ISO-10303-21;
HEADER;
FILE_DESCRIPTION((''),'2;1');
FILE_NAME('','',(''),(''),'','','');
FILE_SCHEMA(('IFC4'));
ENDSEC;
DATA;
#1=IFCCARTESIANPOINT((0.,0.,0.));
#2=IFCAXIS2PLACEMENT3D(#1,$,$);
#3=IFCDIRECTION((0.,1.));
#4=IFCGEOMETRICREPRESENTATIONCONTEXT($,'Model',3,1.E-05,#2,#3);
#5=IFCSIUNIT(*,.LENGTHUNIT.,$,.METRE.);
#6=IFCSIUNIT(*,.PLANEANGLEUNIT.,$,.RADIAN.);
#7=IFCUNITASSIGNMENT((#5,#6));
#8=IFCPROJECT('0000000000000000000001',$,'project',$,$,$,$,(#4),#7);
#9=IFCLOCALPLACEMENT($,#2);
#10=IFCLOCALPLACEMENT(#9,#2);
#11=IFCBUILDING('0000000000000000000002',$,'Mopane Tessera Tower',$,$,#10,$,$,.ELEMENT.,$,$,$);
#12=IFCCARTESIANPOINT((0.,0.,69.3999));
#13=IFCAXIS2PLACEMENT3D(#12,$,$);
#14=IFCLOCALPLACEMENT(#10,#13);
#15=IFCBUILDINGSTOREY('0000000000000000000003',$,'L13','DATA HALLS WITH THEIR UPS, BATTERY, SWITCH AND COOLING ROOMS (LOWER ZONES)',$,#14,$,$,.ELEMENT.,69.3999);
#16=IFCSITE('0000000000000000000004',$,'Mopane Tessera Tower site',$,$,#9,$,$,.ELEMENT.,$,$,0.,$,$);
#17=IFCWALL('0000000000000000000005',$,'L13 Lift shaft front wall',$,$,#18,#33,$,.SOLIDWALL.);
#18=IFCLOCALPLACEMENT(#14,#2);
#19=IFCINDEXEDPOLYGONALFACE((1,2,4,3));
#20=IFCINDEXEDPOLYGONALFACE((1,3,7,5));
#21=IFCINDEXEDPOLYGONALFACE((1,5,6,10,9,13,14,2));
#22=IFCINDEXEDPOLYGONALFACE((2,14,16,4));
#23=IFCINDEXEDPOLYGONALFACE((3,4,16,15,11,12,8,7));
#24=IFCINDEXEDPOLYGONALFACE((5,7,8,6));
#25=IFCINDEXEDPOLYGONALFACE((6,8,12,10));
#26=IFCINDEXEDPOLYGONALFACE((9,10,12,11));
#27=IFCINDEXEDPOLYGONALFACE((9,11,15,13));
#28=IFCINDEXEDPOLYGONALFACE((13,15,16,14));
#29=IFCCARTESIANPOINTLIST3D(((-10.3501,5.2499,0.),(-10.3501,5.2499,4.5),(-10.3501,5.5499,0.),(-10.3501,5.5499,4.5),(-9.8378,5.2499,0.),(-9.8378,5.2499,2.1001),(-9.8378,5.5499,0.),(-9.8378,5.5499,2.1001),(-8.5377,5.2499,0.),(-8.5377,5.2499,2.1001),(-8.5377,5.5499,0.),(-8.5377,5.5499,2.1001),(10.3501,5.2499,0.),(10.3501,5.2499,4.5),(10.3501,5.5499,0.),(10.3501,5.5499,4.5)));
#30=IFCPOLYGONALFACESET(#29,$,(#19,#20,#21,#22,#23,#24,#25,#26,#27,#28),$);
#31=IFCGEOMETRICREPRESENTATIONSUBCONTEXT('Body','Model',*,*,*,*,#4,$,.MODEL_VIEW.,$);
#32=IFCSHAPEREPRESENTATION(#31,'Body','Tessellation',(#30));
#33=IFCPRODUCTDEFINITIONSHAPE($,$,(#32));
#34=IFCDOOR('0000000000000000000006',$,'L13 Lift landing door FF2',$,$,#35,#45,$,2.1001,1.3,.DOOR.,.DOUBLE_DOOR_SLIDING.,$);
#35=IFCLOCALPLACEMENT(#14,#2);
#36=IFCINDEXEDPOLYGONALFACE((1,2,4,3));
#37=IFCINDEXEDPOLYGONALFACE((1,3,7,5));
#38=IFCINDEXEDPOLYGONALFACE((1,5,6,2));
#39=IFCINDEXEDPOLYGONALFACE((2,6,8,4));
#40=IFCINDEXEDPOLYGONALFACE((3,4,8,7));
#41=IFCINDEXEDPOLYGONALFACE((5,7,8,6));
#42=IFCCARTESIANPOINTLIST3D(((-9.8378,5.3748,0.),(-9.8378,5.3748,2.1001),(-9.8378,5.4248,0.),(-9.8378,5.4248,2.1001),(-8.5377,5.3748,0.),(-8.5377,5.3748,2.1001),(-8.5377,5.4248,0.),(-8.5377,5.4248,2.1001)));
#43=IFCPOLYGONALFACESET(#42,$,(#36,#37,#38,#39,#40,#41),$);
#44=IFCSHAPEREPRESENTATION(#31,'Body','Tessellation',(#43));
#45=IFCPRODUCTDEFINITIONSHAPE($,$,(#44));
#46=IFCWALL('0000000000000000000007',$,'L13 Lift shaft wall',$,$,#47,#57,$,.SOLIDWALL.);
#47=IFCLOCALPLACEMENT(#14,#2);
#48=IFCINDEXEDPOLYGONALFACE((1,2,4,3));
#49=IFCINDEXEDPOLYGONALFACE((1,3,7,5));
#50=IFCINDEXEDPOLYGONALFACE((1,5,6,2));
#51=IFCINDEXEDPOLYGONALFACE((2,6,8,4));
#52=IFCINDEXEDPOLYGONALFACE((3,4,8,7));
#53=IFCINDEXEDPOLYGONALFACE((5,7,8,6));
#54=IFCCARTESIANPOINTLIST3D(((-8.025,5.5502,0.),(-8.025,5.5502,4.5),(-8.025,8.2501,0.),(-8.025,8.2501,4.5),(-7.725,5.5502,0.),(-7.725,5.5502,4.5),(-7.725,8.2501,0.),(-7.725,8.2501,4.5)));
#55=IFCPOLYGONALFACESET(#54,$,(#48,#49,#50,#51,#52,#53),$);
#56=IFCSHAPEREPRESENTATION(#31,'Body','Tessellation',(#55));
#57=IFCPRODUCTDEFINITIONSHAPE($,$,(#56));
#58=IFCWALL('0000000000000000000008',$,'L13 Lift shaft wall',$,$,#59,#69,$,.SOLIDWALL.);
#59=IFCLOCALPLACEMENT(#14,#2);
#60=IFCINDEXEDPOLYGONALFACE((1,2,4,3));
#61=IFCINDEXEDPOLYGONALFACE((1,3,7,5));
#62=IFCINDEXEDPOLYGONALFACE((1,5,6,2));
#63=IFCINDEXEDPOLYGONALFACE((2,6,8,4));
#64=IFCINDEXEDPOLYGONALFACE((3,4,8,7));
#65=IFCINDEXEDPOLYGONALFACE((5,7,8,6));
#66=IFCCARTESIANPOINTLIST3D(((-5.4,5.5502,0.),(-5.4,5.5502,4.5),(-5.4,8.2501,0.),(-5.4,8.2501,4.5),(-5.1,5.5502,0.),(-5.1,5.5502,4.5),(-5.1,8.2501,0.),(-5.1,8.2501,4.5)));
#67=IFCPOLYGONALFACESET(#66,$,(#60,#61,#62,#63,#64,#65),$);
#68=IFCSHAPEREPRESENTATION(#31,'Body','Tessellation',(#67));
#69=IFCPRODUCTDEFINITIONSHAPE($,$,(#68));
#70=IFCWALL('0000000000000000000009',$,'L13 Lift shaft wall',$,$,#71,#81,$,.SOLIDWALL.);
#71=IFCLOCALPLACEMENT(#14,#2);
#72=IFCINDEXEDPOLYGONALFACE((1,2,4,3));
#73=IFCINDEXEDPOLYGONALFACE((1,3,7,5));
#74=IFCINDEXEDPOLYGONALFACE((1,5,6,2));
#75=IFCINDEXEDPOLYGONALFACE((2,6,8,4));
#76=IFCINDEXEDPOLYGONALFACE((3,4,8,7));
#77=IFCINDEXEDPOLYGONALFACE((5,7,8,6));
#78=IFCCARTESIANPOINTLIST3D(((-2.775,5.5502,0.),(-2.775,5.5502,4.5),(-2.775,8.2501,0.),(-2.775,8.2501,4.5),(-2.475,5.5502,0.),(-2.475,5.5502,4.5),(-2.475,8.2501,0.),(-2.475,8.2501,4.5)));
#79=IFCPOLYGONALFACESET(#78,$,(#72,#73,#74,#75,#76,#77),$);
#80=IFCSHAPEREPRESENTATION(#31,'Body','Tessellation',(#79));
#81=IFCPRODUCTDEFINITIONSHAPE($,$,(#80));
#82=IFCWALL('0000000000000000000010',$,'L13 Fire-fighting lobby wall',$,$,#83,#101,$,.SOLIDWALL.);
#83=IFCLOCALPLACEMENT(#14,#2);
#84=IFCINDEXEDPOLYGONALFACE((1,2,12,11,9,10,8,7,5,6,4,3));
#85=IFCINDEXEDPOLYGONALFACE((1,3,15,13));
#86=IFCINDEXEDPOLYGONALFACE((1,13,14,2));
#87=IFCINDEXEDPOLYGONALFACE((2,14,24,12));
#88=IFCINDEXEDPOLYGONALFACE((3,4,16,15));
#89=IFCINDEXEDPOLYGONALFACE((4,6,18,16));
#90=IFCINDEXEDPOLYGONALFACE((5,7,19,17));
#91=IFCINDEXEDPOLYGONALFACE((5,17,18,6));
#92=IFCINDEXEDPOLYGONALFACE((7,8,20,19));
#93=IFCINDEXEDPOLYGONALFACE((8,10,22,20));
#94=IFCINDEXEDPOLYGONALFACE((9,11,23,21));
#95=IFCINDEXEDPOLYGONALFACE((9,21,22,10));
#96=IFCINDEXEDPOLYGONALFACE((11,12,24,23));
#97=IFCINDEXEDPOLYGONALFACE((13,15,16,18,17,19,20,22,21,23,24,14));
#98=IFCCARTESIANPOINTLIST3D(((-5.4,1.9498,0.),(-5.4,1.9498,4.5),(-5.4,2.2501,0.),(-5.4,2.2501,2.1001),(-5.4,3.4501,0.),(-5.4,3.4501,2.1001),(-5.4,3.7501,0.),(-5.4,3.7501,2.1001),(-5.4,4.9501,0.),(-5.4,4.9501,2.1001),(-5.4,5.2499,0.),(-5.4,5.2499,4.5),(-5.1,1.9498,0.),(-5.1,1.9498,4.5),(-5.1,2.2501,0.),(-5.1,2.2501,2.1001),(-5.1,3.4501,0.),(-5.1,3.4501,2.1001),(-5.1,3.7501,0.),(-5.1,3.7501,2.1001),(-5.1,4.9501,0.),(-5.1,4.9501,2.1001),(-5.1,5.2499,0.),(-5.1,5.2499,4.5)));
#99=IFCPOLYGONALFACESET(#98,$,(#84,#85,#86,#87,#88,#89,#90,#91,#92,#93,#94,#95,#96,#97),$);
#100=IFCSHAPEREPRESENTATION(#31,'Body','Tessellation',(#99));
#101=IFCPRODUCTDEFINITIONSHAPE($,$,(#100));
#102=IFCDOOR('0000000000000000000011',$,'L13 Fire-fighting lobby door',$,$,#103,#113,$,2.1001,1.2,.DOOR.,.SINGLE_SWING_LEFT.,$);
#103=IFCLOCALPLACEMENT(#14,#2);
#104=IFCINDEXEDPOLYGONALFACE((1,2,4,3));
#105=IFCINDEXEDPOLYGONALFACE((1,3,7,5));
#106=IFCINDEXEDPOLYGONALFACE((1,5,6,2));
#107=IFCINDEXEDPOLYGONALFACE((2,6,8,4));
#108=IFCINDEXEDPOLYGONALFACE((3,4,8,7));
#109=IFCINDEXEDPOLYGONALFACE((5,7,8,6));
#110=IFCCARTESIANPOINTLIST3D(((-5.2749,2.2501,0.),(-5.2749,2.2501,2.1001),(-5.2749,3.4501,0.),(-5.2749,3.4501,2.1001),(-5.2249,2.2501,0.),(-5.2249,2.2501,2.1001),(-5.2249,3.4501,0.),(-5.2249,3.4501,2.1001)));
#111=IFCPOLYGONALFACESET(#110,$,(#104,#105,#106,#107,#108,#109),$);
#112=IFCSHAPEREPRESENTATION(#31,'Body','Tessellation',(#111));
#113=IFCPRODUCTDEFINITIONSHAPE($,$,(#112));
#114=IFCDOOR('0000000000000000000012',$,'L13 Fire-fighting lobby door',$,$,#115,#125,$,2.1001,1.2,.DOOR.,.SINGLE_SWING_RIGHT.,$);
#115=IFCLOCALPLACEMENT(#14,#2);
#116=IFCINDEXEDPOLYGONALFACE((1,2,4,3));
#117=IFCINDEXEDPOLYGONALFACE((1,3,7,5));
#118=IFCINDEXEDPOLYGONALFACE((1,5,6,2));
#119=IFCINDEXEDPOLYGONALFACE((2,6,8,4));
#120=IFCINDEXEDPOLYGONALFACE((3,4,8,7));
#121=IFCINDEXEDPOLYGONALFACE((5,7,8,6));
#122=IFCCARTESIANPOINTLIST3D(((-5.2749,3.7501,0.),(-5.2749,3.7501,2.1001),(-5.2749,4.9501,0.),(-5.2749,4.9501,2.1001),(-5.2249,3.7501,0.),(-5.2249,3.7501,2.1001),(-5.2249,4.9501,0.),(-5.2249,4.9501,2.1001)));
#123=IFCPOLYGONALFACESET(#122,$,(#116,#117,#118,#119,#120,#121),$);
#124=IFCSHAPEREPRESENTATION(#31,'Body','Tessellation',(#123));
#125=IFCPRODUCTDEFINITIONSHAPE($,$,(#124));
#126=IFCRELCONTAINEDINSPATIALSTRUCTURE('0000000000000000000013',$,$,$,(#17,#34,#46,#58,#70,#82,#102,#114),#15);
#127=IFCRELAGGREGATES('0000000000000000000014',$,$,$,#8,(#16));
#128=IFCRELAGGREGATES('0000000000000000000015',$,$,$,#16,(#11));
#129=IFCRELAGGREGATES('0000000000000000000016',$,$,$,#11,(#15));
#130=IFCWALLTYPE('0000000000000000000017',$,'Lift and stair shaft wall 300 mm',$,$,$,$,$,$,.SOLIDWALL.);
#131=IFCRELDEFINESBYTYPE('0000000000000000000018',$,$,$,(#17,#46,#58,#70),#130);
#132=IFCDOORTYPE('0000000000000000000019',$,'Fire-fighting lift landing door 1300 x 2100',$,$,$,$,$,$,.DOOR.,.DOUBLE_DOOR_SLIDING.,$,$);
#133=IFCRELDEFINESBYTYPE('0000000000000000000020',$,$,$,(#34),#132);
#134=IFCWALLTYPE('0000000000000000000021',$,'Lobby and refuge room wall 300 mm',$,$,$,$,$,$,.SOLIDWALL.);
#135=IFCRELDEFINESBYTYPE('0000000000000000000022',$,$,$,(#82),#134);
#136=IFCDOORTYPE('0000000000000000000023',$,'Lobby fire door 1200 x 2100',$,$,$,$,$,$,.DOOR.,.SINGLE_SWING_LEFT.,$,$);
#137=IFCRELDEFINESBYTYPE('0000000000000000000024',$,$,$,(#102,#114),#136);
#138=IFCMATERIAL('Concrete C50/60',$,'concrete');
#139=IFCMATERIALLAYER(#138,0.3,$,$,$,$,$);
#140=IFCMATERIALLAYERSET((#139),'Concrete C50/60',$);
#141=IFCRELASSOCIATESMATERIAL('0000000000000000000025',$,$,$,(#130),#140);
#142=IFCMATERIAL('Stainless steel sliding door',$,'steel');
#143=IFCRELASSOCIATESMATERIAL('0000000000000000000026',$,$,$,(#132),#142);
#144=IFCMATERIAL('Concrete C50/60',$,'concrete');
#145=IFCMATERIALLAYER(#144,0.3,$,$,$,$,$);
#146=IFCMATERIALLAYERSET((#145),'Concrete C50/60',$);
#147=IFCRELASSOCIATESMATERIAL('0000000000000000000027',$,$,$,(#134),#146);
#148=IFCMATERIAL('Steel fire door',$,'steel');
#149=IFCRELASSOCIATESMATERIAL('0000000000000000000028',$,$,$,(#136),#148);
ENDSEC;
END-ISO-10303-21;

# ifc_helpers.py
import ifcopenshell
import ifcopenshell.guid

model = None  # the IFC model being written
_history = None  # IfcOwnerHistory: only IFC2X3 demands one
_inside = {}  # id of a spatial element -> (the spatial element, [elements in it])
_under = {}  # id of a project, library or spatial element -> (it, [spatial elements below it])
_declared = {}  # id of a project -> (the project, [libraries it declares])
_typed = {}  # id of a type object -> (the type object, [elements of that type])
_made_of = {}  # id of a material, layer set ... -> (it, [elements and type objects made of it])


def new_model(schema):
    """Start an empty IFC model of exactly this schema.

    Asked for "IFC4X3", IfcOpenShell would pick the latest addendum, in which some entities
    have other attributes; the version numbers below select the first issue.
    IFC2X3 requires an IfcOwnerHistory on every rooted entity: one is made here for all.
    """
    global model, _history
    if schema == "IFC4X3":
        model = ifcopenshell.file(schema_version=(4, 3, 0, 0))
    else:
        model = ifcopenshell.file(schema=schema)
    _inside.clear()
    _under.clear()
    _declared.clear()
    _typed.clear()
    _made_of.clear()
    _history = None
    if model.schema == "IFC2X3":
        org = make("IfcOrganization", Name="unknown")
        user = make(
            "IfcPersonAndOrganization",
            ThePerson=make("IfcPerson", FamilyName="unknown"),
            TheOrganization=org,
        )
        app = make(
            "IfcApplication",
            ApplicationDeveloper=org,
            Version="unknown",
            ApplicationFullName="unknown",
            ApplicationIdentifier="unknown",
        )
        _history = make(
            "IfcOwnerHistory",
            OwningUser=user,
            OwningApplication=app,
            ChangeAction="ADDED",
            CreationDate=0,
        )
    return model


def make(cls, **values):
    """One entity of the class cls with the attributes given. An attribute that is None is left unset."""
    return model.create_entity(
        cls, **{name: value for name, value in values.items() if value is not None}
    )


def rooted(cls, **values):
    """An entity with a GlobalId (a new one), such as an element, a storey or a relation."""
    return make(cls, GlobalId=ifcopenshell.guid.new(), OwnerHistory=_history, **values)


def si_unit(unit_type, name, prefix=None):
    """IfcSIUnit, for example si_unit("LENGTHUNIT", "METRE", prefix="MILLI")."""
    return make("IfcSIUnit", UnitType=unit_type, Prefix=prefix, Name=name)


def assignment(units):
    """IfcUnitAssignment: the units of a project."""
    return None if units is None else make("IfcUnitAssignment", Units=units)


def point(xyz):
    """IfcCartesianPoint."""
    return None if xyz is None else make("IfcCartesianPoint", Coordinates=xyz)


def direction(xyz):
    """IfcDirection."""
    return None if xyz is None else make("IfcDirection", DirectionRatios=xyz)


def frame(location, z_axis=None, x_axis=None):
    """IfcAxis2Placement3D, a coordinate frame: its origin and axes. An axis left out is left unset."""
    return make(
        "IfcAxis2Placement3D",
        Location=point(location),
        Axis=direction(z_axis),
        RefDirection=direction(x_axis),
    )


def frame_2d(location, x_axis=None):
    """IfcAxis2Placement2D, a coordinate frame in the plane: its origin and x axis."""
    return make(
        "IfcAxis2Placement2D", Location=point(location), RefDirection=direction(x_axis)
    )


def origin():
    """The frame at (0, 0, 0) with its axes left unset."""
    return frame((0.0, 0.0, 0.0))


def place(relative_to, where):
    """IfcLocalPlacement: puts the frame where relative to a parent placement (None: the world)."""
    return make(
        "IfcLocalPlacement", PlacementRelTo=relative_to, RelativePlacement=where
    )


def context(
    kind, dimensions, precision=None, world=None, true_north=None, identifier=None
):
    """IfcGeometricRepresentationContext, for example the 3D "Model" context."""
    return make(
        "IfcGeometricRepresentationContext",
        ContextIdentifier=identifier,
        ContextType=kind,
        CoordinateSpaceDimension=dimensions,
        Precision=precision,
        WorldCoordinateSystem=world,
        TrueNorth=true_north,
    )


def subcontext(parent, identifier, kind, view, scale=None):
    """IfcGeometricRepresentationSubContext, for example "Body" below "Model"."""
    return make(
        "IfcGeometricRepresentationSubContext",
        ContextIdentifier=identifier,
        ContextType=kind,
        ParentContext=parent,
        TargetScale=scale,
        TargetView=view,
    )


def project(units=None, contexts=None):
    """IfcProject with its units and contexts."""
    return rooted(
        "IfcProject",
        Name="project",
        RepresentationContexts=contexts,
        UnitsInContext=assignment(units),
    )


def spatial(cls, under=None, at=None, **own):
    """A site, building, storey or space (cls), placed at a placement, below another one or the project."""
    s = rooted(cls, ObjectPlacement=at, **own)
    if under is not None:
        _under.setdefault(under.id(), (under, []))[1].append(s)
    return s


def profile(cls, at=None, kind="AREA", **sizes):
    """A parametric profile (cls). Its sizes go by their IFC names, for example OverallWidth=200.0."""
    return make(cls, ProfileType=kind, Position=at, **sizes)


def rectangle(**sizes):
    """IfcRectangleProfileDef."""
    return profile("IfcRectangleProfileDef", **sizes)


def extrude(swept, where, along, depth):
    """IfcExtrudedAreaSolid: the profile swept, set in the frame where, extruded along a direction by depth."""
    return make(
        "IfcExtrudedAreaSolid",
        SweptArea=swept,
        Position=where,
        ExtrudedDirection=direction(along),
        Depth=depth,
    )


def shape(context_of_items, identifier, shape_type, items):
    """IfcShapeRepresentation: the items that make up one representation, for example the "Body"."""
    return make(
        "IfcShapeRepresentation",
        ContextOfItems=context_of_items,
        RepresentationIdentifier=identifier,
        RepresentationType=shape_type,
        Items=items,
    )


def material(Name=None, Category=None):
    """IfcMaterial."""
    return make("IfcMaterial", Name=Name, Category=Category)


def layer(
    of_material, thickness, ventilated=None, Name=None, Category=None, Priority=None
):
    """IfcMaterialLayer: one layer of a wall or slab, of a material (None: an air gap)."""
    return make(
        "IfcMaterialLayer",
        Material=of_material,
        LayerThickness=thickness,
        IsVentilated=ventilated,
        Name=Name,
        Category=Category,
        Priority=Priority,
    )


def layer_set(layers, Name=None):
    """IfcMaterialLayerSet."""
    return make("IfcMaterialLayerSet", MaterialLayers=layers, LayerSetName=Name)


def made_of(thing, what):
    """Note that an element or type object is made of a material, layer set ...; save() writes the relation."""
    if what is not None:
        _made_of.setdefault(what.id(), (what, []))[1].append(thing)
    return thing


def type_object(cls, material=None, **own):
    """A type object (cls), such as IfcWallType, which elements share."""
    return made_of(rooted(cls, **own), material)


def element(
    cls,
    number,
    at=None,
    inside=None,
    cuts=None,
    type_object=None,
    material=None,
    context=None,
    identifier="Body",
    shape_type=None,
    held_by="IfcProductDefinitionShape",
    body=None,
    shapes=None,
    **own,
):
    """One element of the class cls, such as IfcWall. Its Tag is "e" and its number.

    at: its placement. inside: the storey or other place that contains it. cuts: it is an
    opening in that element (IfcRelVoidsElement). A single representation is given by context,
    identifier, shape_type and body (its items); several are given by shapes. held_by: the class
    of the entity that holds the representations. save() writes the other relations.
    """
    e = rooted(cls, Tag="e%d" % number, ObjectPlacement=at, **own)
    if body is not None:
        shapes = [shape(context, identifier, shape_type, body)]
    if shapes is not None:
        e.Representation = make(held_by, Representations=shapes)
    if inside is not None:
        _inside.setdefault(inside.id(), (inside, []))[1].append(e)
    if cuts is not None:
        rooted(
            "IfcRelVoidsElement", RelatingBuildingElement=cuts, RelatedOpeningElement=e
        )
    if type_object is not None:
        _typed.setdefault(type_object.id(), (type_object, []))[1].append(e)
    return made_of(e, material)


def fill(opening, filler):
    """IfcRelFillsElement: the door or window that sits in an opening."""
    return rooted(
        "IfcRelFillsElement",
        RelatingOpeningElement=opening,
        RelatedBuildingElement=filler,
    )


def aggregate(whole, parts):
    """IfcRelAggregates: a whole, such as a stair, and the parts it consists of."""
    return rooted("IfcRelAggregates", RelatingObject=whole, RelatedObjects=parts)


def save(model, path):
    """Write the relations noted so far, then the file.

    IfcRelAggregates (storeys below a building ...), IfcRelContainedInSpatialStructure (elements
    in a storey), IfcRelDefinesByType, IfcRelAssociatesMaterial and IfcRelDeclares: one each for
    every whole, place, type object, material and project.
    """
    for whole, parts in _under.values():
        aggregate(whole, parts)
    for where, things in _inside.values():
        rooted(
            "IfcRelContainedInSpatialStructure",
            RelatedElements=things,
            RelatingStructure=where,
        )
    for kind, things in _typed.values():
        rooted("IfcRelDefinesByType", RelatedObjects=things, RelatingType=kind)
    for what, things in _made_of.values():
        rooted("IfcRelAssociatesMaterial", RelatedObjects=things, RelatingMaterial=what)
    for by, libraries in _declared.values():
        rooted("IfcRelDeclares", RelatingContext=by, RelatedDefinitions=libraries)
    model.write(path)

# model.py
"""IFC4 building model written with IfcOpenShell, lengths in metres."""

from ifc_helpers import new_model, si_unit, direction, frame, frame_2d, origin, place, context, subcontext, project, spatial, rectangle, extrude, material, layer, layer_set, type_object, element, fill, save


model = new_model("IFC4")

# Units and contexts
model_context = context("Model", 3, precision=1e-05, world=origin(), true_north=direction((0.0, 1.0)))
body_context = subcontext(model_context, "Body", "Model", "MODEL_VIEW")
ifc_project = project(units=[si_unit("LENGTHUNIT", "METRE"), si_unit("PLANEANGLEUNIT", "RADIAN")], contexts=[model_context])

# Site, building, storey
site_placement = place(None, origin())
site = spatial("IfcSite", under=ifc_project, at=site_placement, Name="Mopane Tessera Tower site", CompositionType="ELEMENT", RefElevation=0.0)
building_placement = place(site_placement, origin())
building = spatial("IfcBuilding", under=site, at=building_placement, Name="Mopane Tessera Tower", CompositionType="ELEMENT")
storey_placement = place(building_placement, frame((0.0, 0.0, 69.3999)))
storey = spatial("IfcBuildingStorey", under=building, at=storey_placement, Name="L13", Description="DATA HALLS WITH THEIR UPS, BATTERY, SWITCH AND COOLING ROOMS (LOWER ZONES)", CompositionType="ELEMENT", Elevation=69.3999)

# Shared definitions
ifc_material_1 = material(Name="Concrete C50/60", Category="concrete")
ifc_layer_1 = layer(ifc_material_1, 0.3)
ifc_layer_set_1 = layer_set([ifc_layer_1], Name="Concrete C50/60")
wall_type_1 = type_object("IfcWallType", Name="Lift and stair shaft wall 300 mm", PredefinedType="SOLIDWALL", material=ifc_layer_set_1)
ifc_material_2 = material(Name="Stainless steel sliding door", Category="steel")
door_type_1 = type_object("IfcDoorType", Name="Fire-fighting lift landing door 1300 x 2100", OperationType="DOUBLE_DOOR_SLIDING", PredefinedType="DOOR", material=ifc_material_2)

# Wall, opening, door
wall_1_placement = place(storey_placement, frame((-10.3501, 5.3999, 0.0), z_axis=(0.0, 0.0, 1.0), x_axis=(1.0, 0.0, 0.0)))
wall_1 = element("IfcWall", 1, at=wall_1_placement, inside=storey, type_object=wall_type_1, Name="L13 Lift shaft front wall", PredefinedType="SOLIDWALL", context=body_context, shape_type="SweptSolid", body=[
    extrude(rectangle(XDim=20.7002, YDim=0.3, at=frame_2d((10.3501, 0.0))), origin(), (0.0, 0.0, 1.0), 4.5),
])
opening_1_placement = place(wall_1_placement, frame((0.5125, 0.0, 0.0)))
opening_1 = element("IfcOpeningElement", 2, at=opening_1_placement, cuts=wall_1, PredefinedType="OPENING", context=body_context, shape_type="SweptSolid", body=[
    extrude(rectangle(XDim=1.3, YDim=2.1001, at=frame_2d((0.6499, 1.05))), frame((0.0, 0.1621, 0.0), z_axis=(0.0, -1.0, 0.0), x_axis=(1.0, 0.0, 0.0)), (0.0, 0.0, 1.0), 0.324),
])
door_1_placement = place(opening_1_placement, origin())
door_1 = element("IfcDoor", 3, at=door_1_placement, inside=storey, type_object=door_type_1, Name="L13 Lift landing door FF2", OperationType="DOUBLE_DOOR_SLIDING", OverallHeight=2.1001, OverallWidth=1.3, PredefinedType="DOOR", context=body_context, shape_type="SweptSolid", body=[
    extrude(rectangle(XDim=1.3, YDim=2.1001, at=frame_2d((0.6499, 1.05))), frame((0.0, 0.0249, 0.0), z_axis=(0.0, -1.0, 0.0), x_axis=(1.0, 0.0, 0.0)), (0.0, 0.0, 1.0), 0.05),
])
fill(opening_1, door_1)

# Walls
for number, where, z_axis, x_axis, name in (
    (4, (-7.875, 5.55, 0.0), (0.0, 0.0, 1.0), (0.0, 1.0, 0.0), "L13 Lift shaft wall"),
    (5, (-5.25, 5.55, 0.0), (0.0, 0.0, 1.0), (0.0, 1.0, 0.0), "L13 Lift shaft wall"),
    (6, (-2.625, 5.55, 0.0), (0.0, 0.0, 1.0), (0.0, 1.0, 0.0), "L13 Lift shaft wall"),
):
    element("IfcWall", number, at=place(storey_placement, frame(where, z_axis=z_axis, x_axis=x_axis)), inside=storey, type_object=wall_type_1, Name=name, PredefinedType="SOLIDWALL", context=body_context, shape_type="SweptSolid", body=[
        extrude(rectangle(XDim=2.7, YDim=0.3, at=frame_2d((1.3501, 0.0))), origin(), (0.0, 0.0, 1.0), 4.5),
    ])

# Wall, openings, doors
ifc_material_3 = material(Name="Concrete C50/60", Category="concrete")
ifc_layer_2 = layer(ifc_material_3, 0.3)
ifc_layer_set_2 = layer_set([ifc_layer_2], Name="Concrete C50/60")
wall_type_2 = type_object("IfcWallType", Name="Lobby and refuge room wall 300 mm", PredefinedType="SOLIDWALL", material=ifc_layer_set_2)
wall_2_placement = place(storey_placement, frame((-5.25, 1.95, 0.0), z_axis=(0.0, 0.0, 1.0), x_axis=(0.0, 1.0, 0.0)))
wall_2 = element("IfcWall", 7, at=wall_2_placement, inside=storey, type_object=wall_type_2, Name="L13 Fire-fighting lobby wall", PredefinedType="SOLIDWALL", context=body_context, shape_type="SweptSolid", body=[
    extrude(rectangle(XDim=3.3, YDim=0.3, at=frame_2d((1.6499, 0.0))), origin(), (0.0, 0.0, 1.0), 4.5),
])
opening_2_placement = place(wall_2_placement, frame((0.3, 0.0, 0.0)))
opening_2 = element("IfcOpeningElement", 8, at=opening_2_placement, cuts=wall_2, PredefinedType="OPENING", context=body_context, shape_type="SweptSolid", body=[
    extrude(rectangle(XDim=1.2, YDim=2.1001, at=frame_2d((0.6001, 1.05))), frame((0.0, 0.1621, 0.0), z_axis=(0.0, -1.0, 0.0), x_axis=(1.0, 0.0, 0.0)), (0.0, 0.0, 1.0), 0.324),
])
opening_3_placement = place(wall_2_placement, frame((1.8, 0.0, 0.0)))
opening_3 = element("IfcOpeningElement", 9, at=opening_3_placement, cuts=wall_2, PredefinedType="OPENING", context=body_context, shape_type="SweptSolid", body=[
    extrude(rectangle(XDim=1.2, YDim=2.1001, at=frame_2d((0.6001, 1.05))), frame((0.0, 0.1621, 0.0), z_axis=(0.0, -1.0, 0.0), x_axis=(1.0, 0.0, 0.0)), (0.0, 0.0, 1.0), 0.324),
])
ifc_material_4 = material(Name="Steel fire door", Category="steel")
door_type_2 = type_object("IfcDoorType", Name="Lobby fire door 1200 x 2100", OperationType="SINGLE_SWING_LEFT", PredefinedType="DOOR", material=ifc_material_4)
door_2_placement = place(opening_2_placement, origin())
door_2 = element("IfcDoor", 10, at=door_2_placement, inside=storey, type_object=door_type_2, Name="L13 Fire-fighting lobby door", OperationType="SINGLE_SWING_LEFT", OverallHeight=2.1001, OverallWidth=1.2, PredefinedType="DOOR", context=body_context, shape_type="SweptSolid", body=[
    extrude(rectangle(XDim=1.2, YDim=2.1001, at=frame_2d((0.6001, 1.05))), frame((0.0, 0.0249, 0.0), z_axis=(0.0, -1.0, 0.0), x_axis=(1.0, 0.0, 0.0)), (0.0, 0.0, 1.0), 0.05),
])
fill(opening_2, door_2)
door_3_placement = place(opening_3_placement, origin())
door_3 = element("IfcDoor", 11, at=door_3_placement, inside=storey, type_object=door_type_2, Name="L13 Fire-fighting lobby door", OperationType="SINGLE_SWING_RIGHT", OverallHeight=2.1001, OverallWidth=1.2, PredefinedType="DOOR", context=body_context, shape_type="SweptSolid", body=[
    extrude(rectangle(XDim=1.2, YDim=2.1001, at=frame_2d((0.6001, 1.05))), frame((0.0, 0.0249, 0.0), z_axis=(0.0, -1.0, 0.0), x_axis=(1.0, 0.0, 0.0)), (0.0, 0.0, 1.0), 0.05),
])
fill(opening_3, door_3)

save(model, "model.ifc")
